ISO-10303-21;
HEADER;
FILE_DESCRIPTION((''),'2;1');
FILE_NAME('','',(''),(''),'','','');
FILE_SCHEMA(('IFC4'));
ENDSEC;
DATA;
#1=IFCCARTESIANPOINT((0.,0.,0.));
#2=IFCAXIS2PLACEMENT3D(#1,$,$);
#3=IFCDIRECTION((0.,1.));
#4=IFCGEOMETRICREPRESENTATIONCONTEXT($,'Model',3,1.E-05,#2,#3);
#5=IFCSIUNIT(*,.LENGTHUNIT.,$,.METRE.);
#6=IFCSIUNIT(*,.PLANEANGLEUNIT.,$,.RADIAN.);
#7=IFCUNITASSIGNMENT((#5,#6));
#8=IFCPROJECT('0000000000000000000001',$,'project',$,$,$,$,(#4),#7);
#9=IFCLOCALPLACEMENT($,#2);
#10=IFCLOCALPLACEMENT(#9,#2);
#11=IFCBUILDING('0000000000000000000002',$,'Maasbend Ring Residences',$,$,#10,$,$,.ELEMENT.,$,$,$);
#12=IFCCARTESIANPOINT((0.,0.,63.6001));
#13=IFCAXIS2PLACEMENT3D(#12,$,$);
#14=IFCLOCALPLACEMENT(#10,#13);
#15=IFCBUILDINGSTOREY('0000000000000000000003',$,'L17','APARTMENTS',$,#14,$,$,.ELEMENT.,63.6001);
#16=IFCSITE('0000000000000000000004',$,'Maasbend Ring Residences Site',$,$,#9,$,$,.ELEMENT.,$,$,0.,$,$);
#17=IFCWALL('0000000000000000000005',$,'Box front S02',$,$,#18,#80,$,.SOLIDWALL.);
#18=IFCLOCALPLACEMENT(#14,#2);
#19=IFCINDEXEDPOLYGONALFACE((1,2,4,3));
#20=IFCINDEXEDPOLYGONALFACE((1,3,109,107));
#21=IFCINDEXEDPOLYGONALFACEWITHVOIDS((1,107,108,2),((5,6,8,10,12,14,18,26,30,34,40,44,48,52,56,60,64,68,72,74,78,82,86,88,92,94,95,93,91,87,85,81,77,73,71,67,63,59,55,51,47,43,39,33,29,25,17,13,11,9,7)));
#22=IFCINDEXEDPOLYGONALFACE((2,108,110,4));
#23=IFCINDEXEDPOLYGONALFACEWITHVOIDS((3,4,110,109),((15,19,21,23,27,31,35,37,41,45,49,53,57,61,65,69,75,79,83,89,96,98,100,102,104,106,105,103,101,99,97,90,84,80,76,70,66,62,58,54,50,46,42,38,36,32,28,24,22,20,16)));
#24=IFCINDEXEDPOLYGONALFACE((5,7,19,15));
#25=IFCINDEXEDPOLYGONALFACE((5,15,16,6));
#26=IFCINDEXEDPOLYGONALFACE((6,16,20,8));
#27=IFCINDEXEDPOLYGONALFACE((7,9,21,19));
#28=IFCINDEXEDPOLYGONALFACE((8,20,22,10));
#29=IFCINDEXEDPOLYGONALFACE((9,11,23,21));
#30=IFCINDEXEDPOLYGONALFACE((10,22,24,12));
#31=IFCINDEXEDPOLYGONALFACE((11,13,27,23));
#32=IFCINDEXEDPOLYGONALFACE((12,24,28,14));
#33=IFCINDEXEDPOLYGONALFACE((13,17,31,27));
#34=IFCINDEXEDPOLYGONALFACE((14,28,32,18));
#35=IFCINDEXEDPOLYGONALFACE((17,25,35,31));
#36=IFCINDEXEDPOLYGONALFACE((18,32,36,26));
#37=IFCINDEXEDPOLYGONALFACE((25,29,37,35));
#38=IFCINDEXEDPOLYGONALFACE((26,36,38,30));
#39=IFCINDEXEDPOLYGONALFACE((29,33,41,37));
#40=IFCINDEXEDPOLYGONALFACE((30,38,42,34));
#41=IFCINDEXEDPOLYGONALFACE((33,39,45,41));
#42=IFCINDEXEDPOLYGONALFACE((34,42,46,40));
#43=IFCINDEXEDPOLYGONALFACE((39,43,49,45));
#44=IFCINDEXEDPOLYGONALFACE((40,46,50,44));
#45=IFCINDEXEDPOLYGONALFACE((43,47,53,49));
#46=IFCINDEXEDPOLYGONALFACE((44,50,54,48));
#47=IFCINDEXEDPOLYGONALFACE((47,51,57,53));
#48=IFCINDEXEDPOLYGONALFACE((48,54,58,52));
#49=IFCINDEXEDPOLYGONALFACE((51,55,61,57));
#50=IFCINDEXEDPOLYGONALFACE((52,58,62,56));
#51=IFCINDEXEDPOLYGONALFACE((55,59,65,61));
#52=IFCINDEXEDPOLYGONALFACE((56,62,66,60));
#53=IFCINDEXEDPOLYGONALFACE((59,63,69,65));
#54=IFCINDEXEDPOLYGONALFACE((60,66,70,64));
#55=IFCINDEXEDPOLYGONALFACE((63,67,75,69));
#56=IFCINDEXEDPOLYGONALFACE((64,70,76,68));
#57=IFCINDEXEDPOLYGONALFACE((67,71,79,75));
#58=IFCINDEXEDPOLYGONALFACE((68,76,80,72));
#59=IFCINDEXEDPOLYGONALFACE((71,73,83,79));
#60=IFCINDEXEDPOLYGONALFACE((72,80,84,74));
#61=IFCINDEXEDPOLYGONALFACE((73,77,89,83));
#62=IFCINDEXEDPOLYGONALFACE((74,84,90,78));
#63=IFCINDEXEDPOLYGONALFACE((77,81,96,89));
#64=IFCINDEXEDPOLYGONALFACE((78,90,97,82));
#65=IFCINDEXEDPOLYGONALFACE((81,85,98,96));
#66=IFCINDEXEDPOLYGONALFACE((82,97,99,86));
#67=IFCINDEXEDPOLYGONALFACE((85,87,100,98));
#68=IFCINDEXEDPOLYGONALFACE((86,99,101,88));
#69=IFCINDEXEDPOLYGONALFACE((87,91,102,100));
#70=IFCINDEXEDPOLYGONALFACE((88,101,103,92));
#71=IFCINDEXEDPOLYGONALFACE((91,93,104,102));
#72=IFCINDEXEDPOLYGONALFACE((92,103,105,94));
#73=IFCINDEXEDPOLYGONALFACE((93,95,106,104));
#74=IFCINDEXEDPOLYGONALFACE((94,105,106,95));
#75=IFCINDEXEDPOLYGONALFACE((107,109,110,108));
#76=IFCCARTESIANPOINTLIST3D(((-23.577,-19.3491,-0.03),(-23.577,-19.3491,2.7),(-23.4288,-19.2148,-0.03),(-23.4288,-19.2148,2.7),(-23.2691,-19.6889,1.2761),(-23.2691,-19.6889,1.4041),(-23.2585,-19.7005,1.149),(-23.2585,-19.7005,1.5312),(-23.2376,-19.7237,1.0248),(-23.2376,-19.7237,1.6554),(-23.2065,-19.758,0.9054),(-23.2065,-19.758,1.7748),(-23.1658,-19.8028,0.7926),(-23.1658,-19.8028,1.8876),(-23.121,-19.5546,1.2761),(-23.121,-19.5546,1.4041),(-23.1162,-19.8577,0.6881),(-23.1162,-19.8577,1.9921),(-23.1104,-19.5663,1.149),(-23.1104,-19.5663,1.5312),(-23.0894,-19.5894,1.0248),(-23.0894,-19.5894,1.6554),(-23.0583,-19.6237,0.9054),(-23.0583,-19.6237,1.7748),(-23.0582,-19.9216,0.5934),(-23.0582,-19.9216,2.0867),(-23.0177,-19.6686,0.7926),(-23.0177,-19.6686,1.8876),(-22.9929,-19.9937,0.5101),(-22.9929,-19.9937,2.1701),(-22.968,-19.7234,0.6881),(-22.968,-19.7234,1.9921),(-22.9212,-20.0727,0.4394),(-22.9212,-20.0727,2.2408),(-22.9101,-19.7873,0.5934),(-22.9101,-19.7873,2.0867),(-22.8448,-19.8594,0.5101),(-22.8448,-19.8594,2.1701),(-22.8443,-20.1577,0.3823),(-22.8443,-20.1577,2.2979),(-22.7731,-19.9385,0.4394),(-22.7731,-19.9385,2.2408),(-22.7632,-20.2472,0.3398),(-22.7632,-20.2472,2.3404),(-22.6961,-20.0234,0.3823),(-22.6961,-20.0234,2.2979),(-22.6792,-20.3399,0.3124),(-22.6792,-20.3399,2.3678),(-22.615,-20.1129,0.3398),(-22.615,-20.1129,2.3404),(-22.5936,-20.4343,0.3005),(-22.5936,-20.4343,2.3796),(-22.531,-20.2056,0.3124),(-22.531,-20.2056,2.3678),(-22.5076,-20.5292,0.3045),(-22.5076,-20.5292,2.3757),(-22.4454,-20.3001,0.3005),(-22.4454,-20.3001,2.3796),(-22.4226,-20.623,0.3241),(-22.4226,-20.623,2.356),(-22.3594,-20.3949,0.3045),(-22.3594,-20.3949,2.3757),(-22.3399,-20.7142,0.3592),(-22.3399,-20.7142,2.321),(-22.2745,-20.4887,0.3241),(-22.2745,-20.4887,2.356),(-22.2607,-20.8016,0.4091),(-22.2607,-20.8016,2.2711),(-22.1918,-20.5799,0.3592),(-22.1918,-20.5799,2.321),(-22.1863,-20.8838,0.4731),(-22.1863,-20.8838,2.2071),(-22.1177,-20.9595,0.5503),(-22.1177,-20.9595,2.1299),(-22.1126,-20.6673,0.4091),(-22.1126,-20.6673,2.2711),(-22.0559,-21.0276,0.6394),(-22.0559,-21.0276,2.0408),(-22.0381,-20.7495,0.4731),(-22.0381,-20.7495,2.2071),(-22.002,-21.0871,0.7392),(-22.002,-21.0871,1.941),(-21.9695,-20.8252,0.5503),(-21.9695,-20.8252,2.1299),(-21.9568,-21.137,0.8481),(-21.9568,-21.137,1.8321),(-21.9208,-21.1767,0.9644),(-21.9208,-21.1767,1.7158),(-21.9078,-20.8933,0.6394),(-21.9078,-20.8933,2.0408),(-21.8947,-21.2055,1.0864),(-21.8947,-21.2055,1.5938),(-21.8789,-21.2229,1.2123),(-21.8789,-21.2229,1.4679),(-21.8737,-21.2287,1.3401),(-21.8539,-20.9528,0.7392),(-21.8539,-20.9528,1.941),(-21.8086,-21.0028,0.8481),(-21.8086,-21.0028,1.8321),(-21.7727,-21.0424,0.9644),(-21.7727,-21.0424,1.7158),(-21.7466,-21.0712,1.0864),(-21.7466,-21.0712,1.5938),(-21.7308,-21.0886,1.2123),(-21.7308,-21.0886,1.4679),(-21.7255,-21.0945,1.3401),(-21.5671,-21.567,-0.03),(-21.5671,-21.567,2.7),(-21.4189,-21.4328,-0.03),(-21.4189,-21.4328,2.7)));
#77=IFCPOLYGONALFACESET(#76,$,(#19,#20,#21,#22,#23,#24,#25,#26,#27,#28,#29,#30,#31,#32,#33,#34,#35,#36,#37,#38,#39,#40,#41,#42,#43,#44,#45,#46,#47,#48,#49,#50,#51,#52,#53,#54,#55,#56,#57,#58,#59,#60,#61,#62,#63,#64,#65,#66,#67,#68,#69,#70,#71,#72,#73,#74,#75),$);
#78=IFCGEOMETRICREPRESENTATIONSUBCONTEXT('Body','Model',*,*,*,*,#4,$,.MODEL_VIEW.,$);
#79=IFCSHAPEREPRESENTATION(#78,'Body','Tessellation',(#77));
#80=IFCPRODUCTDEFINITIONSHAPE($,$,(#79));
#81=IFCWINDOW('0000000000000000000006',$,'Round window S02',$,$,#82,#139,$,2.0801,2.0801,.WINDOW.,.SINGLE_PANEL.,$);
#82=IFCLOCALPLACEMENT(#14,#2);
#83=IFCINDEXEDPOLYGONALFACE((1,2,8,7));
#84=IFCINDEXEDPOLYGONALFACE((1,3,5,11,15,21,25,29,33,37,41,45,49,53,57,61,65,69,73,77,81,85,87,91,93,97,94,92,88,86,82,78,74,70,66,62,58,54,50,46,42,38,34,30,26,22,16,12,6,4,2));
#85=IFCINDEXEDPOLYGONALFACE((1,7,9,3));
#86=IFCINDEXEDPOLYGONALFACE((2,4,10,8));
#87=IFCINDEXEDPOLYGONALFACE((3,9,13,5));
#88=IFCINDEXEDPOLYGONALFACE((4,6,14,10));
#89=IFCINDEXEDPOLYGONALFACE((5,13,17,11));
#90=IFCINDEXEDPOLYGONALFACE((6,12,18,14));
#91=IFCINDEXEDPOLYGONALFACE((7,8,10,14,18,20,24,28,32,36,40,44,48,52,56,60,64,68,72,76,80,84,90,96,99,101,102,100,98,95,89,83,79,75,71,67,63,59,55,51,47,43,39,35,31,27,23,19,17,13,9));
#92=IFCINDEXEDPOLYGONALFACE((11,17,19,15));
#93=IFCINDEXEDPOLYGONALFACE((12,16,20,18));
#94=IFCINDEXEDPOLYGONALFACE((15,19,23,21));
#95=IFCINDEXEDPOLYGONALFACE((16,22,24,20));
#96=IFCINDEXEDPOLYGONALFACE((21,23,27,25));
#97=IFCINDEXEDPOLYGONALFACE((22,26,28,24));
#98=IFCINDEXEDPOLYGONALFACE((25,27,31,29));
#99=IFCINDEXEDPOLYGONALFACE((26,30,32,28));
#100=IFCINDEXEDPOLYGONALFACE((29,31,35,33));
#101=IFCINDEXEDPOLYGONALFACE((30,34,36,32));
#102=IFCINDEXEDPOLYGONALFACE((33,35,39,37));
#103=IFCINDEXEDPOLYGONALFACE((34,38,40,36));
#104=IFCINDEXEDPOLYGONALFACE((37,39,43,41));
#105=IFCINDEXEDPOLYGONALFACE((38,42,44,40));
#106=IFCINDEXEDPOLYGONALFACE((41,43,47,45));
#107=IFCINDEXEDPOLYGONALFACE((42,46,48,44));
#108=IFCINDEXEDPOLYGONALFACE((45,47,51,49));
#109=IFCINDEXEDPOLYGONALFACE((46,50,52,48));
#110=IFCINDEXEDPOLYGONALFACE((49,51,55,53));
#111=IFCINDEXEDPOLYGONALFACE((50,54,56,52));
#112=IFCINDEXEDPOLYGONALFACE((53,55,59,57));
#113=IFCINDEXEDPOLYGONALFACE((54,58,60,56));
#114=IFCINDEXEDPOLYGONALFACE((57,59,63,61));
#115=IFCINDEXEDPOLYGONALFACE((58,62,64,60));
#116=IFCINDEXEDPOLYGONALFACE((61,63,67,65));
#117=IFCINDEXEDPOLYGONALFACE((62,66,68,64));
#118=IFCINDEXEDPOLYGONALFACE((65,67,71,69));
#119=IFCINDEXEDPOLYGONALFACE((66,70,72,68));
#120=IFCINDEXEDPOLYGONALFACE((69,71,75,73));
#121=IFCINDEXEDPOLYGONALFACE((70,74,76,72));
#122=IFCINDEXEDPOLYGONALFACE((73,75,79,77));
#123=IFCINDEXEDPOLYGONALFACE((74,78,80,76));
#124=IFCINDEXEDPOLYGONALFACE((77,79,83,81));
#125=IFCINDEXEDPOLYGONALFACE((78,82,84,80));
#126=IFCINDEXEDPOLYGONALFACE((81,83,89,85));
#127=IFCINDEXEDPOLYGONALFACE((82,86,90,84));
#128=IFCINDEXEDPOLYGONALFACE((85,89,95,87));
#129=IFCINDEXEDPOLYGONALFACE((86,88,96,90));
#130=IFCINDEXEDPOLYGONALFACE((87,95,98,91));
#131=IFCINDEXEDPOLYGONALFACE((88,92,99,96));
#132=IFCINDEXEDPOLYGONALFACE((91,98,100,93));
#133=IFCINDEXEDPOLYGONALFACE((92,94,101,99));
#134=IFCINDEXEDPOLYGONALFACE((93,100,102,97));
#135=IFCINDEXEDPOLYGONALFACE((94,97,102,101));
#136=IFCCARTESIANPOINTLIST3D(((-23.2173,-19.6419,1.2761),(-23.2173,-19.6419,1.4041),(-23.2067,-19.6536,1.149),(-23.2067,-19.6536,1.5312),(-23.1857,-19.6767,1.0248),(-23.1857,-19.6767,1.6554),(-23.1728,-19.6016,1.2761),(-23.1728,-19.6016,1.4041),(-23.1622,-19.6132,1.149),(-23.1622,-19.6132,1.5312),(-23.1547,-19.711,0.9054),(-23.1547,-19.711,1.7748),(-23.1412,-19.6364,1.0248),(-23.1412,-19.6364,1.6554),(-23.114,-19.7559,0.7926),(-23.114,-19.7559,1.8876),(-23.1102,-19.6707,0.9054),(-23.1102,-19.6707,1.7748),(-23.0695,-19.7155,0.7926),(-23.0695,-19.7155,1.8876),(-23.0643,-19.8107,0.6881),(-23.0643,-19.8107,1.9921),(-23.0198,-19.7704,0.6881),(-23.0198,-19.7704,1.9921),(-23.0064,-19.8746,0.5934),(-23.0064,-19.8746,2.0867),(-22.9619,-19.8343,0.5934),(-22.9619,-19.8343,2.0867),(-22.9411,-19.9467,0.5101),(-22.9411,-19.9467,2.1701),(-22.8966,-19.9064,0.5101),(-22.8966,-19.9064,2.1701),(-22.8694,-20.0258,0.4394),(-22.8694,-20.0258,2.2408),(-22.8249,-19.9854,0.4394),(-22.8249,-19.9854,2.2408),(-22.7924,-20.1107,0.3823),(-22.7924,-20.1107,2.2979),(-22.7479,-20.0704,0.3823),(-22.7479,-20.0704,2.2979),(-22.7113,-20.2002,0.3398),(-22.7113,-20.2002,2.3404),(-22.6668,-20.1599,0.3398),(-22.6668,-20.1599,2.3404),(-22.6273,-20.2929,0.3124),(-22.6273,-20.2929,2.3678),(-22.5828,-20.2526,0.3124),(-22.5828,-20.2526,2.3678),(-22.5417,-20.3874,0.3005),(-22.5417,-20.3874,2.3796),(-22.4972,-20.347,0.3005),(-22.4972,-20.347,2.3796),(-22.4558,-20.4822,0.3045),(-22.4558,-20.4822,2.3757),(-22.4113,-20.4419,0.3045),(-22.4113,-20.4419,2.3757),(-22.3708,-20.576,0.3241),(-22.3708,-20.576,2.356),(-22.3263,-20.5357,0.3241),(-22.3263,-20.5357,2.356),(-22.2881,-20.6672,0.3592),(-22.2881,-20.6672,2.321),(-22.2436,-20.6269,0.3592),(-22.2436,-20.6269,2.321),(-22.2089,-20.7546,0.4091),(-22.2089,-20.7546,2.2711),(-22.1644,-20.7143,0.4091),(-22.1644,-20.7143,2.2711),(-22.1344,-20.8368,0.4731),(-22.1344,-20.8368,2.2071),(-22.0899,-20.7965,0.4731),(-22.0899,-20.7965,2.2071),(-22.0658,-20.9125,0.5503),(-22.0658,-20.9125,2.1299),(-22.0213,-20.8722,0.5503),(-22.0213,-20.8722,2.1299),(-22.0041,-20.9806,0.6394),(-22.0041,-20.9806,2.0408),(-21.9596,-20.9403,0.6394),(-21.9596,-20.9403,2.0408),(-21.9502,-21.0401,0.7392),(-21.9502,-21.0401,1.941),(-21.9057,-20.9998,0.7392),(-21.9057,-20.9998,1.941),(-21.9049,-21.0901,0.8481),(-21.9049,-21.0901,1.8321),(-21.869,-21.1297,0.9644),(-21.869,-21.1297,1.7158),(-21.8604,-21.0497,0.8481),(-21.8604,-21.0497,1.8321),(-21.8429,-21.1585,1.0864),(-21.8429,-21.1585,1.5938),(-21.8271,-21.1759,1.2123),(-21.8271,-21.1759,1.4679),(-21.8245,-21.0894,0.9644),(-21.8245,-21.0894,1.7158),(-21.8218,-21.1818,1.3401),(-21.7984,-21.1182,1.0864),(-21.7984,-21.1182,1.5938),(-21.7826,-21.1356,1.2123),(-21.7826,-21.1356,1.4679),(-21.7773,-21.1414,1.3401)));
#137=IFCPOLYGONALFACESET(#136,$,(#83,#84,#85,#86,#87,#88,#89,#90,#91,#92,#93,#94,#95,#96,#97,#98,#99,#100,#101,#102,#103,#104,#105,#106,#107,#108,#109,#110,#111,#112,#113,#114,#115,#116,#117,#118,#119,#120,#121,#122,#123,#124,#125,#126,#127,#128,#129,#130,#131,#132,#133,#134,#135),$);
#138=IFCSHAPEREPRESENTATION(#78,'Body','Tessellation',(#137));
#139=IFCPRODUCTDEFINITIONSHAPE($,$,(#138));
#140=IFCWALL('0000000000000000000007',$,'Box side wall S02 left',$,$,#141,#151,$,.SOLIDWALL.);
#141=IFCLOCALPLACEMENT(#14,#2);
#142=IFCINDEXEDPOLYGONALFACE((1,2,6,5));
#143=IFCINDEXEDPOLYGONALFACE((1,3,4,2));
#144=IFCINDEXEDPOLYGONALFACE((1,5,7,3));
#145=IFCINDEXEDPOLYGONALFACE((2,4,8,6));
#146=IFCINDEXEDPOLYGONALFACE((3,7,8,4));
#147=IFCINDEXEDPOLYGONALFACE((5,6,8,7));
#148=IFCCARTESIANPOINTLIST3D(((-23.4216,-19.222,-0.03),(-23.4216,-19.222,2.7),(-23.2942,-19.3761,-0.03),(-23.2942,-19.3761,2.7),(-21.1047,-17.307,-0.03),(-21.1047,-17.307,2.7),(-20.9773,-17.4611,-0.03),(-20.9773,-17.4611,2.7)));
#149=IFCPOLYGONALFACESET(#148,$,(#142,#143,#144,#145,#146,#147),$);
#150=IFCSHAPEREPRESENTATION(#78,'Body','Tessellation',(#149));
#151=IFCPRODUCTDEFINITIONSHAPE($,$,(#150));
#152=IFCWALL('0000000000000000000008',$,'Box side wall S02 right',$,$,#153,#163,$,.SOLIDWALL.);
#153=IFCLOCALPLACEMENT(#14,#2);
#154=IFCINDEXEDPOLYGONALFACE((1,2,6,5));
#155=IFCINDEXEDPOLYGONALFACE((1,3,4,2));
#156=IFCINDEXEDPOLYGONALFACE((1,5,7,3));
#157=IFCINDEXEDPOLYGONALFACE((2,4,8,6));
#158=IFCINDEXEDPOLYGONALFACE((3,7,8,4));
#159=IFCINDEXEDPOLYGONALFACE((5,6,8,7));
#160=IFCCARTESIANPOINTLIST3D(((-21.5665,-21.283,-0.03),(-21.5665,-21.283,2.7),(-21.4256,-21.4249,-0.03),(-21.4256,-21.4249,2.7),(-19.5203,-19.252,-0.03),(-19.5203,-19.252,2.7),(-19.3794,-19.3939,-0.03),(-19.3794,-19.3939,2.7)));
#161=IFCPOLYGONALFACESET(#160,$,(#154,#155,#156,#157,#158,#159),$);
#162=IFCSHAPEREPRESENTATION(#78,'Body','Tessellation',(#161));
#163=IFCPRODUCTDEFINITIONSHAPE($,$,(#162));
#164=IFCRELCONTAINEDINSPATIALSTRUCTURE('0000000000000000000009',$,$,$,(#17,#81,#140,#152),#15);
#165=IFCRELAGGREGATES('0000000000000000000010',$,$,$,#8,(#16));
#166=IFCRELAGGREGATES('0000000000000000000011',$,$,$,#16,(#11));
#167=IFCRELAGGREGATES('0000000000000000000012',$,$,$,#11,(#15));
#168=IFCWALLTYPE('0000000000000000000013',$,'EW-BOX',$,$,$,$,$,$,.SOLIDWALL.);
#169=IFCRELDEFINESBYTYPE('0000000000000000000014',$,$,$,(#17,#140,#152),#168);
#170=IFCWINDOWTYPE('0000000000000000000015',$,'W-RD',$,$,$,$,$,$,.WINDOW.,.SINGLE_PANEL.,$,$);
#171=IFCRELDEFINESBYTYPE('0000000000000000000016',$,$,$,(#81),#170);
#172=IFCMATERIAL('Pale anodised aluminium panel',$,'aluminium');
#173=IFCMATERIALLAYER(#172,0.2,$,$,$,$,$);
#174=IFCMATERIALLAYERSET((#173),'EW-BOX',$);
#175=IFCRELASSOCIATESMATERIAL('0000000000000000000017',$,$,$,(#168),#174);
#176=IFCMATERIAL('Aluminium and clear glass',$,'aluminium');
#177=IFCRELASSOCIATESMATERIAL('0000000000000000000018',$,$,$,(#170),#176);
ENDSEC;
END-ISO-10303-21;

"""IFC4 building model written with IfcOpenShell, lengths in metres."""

from ifc_helpers import new_model, si_unit, direction, frame, frame_2d, origin, place, context, subcontext, project, spatial, rectangle, circle, extrude, material, layer, layer_set, type_object, element, fill, save


model = new_model("IFC4")

# Units and contexts
model_context = context("Model", 3, precision=1e-05, world=origin(), true_north=direction((0.0, 1.0)))
body_context = subcontext(model_context, "Body", "Model", "MODEL_VIEW")
ifc_project = project(units=[si_unit("LENGTHUNIT", "METRE"), si_unit("PLANEANGLEUNIT", "RADIAN")], contexts=[model_context])

# Site, building, storey
site_placement = place(None, origin())
site = spatial("IfcSite", under=ifc_project, at=site_placement, Name="Maasbend Ring Residences Site", CompositionType="ELEMENT", RefElevation=0.0)
building_placement = place(site_placement, origin())
building = spatial("IfcBuilding", under=site, at=building_placement, Name="Maasbend Ring Residences", CompositionType="ELEMENT")
storey_placement = place(building_placement, frame((0.0, 0.0, 63.6001)))
storey = spatial("IfcBuildingStorey", under=building, at=storey_placement, Name="L17", Description="APARTMENTS", CompositionType="ELEMENT", Elevation=63.6001)

# Wall, opening, window
ifc_material_1 = material(Name="Pale anodised aluminium panel", Category="aluminium")
ifc_layer_1 = layer(ifc_material_1, 0.2)
ifc_layer_set_1 = layer_set([ifc_layer_1], Name="EW-BOX")
wall_type_1 = type_object("IfcWallType", Name="EW-BOX", PredefinedType="SOLIDWALL", material=ifc_layer_set_1)
wall_1_placement = place(storey_placement, frame((-23.5029, -19.282, -0.03), z_axis=(0.0, 0.0, 1.0), x_axis=(0.671507, -0.740998, 0.0)))
wall_1 = element("IfcWall", 1, at=wall_1_placement, inside=storey, type_object=wall_type_1, Name="Box front S02", PredefinedType="SOLIDWALL", context=body_context, shape_type="SweptSolid", body=[
    extrude(rectangle(XDim=2.9932, YDim=0.2, at=frame_2d((1.4966, 0.0))), origin(), (0.0, 0.0, 1.0), 2.73),
])
opening_1_placement = place(wall_1_placement, frame((0.4565, 0.0, 0.3301)))
opening_1 = element("IfcOpeningElement", 2, at=opening_1_placement, cuts=wall_1, PredefinedType="OPENING", context=body_context, shape_type="SweptSolid", body=[
    extrude(circle(Radius=1.04, at=frame_2d((1.04, 1.04))), frame((0.0, 0.1099, 0.0), z_axis=(0.0, -1.0, 0.0), x_axis=(1.0, 0.0, 0.0)), (0.0, 0.0, 1.0), 0.22),
])
ifc_material_2 = material(Name="Aluminium and clear glass", Category="aluminium")
window_type_1 = type_object("IfcWindowType", Name="W-RD", PartitioningType="SINGLE_PANEL", PredefinedType="WINDOW", material=ifc_material_2)
window_1_placement = place(opening_1_placement, origin())
window_1 = element("IfcWindow", 3, at=window_1_placement, inside=storey, type_object=window_type_1, Name="Round window S02", OverallHeight=2.0801, OverallWidth=2.0801, PartitioningType="SINGLE_PANEL", PredefinedType="WINDOW", context=body_context, shape_type="SweptSolid", body=[
    extrude(circle(Radius=1.04, at=frame_2d((1.04, 1.04))), frame((0.0, 0.03, 0.0), z_axis=(0.0, -1.0, 0.0), x_axis=(1.0, 0.0, 0.0)), (0.0, 0.0, 1.0), 0.0601),
])
fill(opening_1, window_1)

# Walls
wall_2_placement = place(storey_placement, frame((-21.041, -17.384, -0.03), z_axis=(0.0, 0.0, 1.0), x_axis=(-0.770785, -0.637096, 0.0)))
element("IfcWall", 4, at=wall_2_placement, inside=storey, type_object=wall_type_1, Name="Box side wall S02 left", PredefinedType="SOLIDWALL", context=body_context, shape_type="SweptSolid", body=[
    extrude(rectangle(XDim=3.0059, YDim=0.2, at=frame_2d((1.5029, 0.0))), origin(), (0.0, 0.0, 1.0), 2.73),
])
wall_3_placement = place(storey_placement, frame((-19.45, -19.323, -0.03), z_axis=(0.0, 0.0, 1.0), x_axis=(-0.709727, -0.704477, 0.0)))
element("IfcWall", 5, at=wall_3_placement, inside=storey, type_object=wall_type_1, Name="Box side wall S02 right", PredefinedType="SOLIDWALL", context=body_context, shape_type="SweptSolid", body=[
    extrude(rectangle(XDim=2.8831, YDim=0.2, at=frame_2d((1.4414, 0.0))), origin(), (0.0, 0.0, 1.0), 2.73),
])

save(model, "model.ifc")
